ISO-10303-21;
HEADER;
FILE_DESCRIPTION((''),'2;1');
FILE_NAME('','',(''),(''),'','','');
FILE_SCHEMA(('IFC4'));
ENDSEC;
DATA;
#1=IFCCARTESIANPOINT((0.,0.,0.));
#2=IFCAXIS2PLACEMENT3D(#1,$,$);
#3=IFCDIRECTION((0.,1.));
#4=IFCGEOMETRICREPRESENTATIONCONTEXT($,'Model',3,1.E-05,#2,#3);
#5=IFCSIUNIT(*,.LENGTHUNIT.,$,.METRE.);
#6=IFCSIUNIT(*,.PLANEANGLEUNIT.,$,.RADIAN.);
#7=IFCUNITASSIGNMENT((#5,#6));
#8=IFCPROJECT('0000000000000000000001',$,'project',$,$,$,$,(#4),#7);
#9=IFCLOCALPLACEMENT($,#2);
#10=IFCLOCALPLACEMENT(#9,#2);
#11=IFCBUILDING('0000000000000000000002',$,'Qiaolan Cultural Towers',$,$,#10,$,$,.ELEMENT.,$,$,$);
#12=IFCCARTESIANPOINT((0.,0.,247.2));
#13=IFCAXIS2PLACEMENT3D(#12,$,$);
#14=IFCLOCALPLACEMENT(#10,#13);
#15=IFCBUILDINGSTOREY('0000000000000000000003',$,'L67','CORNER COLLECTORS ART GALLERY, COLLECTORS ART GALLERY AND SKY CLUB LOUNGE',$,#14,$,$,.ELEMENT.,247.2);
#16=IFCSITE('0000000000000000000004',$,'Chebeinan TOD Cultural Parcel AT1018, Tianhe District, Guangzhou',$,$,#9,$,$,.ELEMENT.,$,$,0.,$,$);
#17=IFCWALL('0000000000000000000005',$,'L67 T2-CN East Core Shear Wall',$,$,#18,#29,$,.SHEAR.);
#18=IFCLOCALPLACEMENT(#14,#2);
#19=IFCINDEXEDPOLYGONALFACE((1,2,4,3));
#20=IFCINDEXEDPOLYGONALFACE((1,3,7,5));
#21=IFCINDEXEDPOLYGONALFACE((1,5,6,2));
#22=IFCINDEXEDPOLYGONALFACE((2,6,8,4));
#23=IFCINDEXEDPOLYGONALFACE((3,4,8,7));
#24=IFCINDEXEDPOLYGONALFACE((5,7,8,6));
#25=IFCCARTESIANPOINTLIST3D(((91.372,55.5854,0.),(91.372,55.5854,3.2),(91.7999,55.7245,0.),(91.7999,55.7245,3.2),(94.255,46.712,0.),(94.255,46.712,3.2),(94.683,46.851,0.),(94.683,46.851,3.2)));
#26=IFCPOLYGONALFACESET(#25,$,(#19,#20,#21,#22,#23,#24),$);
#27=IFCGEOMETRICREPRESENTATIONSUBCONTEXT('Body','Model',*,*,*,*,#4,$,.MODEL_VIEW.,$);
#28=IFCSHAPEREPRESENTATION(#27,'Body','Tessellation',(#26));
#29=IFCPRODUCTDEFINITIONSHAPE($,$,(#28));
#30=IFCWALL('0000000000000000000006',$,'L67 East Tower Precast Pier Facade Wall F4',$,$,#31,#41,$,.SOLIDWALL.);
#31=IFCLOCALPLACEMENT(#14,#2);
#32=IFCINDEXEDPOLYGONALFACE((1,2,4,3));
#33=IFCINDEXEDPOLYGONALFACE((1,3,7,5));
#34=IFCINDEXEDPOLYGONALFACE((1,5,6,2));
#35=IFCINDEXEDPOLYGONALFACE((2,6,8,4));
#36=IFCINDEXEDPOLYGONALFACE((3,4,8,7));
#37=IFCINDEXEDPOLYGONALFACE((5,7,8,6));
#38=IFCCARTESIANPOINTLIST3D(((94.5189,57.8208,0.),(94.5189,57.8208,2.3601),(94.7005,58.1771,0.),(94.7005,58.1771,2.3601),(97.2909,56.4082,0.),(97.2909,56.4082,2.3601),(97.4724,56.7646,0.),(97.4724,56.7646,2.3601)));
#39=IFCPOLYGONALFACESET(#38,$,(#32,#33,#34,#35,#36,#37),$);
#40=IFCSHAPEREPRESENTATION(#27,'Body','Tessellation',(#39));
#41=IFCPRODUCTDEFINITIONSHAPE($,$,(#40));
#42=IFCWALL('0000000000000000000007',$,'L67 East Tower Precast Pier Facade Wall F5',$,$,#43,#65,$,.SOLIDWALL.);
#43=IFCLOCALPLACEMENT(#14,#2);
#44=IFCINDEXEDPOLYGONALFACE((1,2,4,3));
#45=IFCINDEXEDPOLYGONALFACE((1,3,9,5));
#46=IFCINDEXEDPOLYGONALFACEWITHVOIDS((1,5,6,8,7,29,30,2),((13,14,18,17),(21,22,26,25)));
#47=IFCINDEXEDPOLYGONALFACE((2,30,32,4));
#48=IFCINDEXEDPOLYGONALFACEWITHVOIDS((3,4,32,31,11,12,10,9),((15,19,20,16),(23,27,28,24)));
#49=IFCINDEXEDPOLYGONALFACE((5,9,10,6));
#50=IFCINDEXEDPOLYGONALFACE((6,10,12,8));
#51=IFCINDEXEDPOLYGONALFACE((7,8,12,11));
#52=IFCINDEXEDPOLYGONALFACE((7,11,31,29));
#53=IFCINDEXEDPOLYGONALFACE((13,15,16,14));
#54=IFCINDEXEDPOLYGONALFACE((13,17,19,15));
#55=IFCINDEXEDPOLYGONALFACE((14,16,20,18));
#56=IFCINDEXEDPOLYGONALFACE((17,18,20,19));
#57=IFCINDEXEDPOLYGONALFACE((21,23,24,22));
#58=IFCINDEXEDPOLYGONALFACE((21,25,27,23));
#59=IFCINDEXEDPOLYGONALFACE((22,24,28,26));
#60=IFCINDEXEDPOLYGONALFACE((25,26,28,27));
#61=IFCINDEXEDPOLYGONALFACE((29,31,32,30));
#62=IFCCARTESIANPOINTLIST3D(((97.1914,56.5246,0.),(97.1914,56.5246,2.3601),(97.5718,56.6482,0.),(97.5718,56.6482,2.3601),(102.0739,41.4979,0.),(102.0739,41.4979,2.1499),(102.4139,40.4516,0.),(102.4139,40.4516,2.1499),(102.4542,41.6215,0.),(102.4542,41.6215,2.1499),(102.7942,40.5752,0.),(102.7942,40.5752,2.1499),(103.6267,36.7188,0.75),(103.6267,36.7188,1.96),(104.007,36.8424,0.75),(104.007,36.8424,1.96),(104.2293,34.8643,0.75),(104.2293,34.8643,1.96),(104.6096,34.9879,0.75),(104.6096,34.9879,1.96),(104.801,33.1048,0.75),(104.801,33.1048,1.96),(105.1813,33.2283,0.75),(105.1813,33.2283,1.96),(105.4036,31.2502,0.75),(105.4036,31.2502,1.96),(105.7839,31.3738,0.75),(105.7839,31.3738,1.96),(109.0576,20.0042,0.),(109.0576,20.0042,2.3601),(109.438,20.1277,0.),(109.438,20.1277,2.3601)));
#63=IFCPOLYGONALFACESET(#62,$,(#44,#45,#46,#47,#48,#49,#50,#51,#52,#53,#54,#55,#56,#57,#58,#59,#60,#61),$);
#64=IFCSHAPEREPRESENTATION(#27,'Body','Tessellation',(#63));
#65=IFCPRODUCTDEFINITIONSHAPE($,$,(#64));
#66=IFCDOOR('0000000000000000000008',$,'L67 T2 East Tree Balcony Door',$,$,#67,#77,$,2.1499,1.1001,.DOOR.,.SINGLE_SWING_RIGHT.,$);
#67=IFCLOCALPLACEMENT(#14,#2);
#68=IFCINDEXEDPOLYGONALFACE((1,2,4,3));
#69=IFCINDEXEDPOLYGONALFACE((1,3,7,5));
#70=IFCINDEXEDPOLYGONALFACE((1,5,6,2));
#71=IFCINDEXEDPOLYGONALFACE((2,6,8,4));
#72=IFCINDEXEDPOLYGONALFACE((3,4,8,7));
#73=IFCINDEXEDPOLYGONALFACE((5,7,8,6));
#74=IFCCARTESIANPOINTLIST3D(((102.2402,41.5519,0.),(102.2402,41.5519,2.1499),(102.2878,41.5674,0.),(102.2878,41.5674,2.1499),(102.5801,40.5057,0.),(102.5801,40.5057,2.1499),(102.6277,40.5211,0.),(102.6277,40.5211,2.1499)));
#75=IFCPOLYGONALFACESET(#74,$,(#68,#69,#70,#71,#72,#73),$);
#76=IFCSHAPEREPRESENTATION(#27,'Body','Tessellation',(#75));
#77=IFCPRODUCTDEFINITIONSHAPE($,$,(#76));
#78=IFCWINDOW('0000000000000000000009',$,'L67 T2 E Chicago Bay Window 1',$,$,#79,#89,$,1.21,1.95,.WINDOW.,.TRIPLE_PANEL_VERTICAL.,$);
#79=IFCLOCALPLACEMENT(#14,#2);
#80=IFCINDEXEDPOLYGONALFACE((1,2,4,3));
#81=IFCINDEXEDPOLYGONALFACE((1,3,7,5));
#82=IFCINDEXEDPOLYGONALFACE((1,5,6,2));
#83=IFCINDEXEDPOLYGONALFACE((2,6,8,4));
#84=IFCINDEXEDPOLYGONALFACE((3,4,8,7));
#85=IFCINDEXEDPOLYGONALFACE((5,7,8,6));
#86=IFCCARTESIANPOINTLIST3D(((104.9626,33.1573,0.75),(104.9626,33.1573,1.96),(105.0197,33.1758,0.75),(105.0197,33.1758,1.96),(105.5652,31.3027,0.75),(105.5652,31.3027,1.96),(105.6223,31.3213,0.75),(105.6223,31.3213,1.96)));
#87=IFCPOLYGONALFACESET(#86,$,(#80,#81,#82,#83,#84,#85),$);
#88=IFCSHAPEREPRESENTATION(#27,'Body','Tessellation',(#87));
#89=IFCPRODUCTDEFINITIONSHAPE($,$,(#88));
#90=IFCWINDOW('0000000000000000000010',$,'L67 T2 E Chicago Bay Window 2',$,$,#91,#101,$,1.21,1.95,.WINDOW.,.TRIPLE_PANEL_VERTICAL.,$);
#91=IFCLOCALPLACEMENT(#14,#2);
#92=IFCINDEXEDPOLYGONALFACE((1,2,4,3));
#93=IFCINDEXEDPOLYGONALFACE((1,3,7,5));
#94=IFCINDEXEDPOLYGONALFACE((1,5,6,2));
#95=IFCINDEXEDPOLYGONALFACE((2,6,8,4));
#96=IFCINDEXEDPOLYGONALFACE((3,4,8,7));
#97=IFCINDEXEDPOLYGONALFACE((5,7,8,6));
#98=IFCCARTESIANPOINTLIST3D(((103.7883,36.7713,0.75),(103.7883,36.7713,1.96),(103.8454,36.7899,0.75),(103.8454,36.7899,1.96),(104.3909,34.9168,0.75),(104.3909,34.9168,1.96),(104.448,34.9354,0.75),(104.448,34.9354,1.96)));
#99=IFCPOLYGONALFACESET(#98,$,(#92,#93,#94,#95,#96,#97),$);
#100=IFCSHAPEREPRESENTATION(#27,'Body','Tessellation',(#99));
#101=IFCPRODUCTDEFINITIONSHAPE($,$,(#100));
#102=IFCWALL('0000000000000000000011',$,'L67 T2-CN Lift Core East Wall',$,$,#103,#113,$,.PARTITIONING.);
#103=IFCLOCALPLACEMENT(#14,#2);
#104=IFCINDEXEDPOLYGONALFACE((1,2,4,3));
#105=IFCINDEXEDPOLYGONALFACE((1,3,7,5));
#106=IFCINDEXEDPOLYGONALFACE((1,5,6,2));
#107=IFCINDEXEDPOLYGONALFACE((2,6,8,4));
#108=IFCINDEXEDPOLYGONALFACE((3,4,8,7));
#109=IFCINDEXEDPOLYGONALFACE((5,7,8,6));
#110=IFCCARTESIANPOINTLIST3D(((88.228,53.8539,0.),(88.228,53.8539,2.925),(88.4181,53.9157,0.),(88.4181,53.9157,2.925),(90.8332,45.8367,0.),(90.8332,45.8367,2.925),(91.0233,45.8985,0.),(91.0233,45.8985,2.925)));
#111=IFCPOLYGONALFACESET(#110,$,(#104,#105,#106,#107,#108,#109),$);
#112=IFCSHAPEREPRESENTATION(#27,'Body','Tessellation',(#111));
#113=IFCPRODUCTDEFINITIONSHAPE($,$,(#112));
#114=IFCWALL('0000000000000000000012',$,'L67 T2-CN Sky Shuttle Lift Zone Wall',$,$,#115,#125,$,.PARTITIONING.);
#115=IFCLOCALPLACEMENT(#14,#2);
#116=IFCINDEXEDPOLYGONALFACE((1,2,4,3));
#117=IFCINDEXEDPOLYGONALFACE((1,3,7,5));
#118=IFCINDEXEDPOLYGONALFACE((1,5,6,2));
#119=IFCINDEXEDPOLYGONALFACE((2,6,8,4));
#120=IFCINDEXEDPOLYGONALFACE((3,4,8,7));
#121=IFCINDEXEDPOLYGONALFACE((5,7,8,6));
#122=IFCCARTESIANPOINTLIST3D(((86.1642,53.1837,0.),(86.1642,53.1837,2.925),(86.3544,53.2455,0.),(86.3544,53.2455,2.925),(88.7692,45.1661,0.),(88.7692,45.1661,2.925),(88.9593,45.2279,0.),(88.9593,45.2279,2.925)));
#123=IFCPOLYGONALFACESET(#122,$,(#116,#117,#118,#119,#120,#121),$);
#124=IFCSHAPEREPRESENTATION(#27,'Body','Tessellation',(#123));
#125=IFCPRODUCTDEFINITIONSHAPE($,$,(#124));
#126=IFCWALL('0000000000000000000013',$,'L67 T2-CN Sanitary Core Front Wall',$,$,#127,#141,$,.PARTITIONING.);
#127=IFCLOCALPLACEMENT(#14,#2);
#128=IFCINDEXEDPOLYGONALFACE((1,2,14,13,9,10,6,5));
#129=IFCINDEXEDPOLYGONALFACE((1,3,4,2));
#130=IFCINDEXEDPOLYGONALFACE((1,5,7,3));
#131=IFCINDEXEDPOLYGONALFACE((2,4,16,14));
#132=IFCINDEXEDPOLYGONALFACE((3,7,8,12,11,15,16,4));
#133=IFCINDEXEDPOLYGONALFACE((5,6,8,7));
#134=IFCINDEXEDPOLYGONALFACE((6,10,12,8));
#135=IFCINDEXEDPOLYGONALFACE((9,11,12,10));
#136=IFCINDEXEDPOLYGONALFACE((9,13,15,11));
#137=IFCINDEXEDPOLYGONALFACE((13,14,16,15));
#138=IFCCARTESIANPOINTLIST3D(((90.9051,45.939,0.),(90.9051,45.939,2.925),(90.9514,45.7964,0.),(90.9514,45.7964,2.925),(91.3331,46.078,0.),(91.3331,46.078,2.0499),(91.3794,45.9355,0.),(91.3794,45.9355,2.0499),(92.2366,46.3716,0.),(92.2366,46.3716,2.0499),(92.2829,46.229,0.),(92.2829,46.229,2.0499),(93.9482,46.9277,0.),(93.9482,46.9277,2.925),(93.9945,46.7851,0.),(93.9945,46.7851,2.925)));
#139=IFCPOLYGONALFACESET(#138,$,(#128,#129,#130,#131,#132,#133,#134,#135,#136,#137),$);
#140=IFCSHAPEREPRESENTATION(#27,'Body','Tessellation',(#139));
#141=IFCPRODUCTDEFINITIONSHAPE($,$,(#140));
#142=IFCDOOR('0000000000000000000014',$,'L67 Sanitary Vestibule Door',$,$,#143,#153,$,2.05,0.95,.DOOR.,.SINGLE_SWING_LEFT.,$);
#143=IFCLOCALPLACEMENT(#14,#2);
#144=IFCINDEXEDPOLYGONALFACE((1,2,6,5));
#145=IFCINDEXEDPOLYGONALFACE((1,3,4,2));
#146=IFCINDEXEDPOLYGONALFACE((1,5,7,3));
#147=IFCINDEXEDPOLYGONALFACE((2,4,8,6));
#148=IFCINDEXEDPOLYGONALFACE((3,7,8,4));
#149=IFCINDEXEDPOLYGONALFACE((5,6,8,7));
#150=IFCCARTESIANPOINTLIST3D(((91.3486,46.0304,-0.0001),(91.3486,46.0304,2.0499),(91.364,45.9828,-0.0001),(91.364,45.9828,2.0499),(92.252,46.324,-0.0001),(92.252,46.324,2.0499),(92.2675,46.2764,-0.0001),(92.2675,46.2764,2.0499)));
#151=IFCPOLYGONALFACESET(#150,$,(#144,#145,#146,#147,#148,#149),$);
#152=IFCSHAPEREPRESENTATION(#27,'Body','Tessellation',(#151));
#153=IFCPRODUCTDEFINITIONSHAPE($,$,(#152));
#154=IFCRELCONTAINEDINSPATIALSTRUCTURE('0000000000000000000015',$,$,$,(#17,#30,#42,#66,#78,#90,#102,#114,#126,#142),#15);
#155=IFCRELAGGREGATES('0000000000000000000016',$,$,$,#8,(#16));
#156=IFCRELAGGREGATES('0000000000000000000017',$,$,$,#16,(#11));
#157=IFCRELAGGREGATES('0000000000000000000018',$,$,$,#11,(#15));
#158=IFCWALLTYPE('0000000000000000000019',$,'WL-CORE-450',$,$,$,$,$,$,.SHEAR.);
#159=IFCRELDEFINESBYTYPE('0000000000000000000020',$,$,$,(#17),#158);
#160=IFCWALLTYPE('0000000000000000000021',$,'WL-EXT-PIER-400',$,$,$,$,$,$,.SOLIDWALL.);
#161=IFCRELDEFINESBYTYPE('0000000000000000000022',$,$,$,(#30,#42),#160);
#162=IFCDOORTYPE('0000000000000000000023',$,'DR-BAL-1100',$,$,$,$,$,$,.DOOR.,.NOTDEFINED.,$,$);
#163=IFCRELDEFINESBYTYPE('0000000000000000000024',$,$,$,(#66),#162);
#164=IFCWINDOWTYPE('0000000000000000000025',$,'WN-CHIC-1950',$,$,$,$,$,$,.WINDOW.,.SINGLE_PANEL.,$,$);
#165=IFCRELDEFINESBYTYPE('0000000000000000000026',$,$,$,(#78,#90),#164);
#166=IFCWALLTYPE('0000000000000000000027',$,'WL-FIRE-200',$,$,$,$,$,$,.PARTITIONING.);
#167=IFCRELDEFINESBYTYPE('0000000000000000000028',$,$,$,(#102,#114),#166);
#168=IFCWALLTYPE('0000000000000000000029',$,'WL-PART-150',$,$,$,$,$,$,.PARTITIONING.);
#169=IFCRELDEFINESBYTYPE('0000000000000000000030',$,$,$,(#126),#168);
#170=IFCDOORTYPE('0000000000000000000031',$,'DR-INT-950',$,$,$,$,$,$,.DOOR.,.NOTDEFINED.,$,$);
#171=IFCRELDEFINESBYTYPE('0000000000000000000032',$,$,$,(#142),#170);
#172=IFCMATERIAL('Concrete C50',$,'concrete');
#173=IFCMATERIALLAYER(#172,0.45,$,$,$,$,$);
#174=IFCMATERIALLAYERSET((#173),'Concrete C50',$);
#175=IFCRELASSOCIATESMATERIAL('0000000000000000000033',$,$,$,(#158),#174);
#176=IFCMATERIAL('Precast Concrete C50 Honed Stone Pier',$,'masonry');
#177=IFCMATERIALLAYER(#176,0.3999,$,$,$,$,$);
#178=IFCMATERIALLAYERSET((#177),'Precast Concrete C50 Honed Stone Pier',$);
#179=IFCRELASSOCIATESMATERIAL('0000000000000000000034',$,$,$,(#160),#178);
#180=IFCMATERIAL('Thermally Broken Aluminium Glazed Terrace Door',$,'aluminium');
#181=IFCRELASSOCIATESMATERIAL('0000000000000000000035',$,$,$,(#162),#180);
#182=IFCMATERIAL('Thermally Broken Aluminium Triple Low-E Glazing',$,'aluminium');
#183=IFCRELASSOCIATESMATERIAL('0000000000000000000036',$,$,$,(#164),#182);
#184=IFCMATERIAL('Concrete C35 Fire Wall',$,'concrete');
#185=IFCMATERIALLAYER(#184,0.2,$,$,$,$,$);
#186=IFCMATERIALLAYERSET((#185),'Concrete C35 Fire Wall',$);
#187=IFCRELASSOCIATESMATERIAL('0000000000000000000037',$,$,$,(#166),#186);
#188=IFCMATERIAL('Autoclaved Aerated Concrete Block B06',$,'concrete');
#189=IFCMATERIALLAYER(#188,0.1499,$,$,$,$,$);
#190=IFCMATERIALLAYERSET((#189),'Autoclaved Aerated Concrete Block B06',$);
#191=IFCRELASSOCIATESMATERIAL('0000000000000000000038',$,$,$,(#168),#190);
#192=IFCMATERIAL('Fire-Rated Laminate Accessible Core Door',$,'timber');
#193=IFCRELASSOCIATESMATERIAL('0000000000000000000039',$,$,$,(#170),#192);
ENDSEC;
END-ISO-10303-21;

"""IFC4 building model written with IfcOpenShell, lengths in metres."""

from ifc_helpers import new_model, si_unit, direction, frame, frame_2d, origin, place, context, subcontext, project, spatial, rectangle, extrude, material, layer, layer_set, type_object, element, fill, save


model = new_model("IFC4")

# Units and contexts
model_context = context("Model", 3, precision=1e-05, world=origin(), true_north=direction((0.0, 1.0)))
body_context = subcontext(model_context, "Body", "Model", "MODEL_VIEW")
ifc_project = project(units=[si_unit("LENGTHUNIT", "METRE"), si_unit("PLANEANGLEUNIT", "RADIAN")], contexts=[model_context])

# Site, building, storey
site_placement = place(None, origin())
site = spatial("IfcSite", under=ifc_project, at=site_placement, Name="Chebeinan TOD Cultural Parcel AT1018, Tianhe District, Guangzhou", CompositionType="ELEMENT", RefElevation=0.0)
building_placement = place(site_placement, origin())
building = spatial("IfcBuilding", under=site, at=building_placement, Name="Qiaolan Cultural Towers", CompositionType="ELEMENT")
storey_placement = place(building_placement, frame((0.0, 0.0, 247.2)))
storey = spatial("IfcBuildingStorey", under=building, at=storey_placement, Name="L67", Description="CORNER COLLECTORS ART GALLERY, COLLECTORS ART GALLERY AND SKY CLUB LOUNGE", CompositionType="ELEMENT", Elevation=247.2)

# Walls
ifc_material_1 = material(Name="Concrete C50", Category="concrete")
ifc_layer_1 = layer(ifc_material_1, 0.45)
ifc_layer_set_1 = layer_set([ifc_layer_1], Name="Concrete C50")
wall_type_1 = type_object("IfcWallType", Name="WL-CORE-450", PredefinedType="SHEAR", material=ifc_layer_set_1)
wall_1_placement = place(storey_placement, frame((94.469, 46.7815, 0.0), z_axis=(0.0, 0.0, 1.0), x_axis=(-0.309004, 0.951061, 0.0)))
element("IfcWall", 1, at=wall_1_placement, inside=storey, type_object=wall_type_1, Name="L67 T2-CN East Core Shear Wall", PredefinedType="SHEAR", context=body_context, shape_type="SweptSolid", body=[
    extrude(rectangle(XDim=9.3301, YDim=0.45, at=frame_2d((4.665, 0.0))), origin(), (0.0, 0.0, 1.0), 3.2),
])
ifc_material_2 = material(Name="Precast Concrete C50 Honed Stone Pier", Category="masonry")
ifc_layer_2 = layer(ifc_material_2, 0.3999)
ifc_layer_set_2 = layer_set([ifc_layer_2], Name="Precast Concrete C50 Honed Stone Pier")
wall_type_2 = type_object("IfcWallType", Name="WL-EXT-PIER-400", PredefinedType="SOLIDWALL", material=ifc_layer_set_2)
wall_2_placement = place(storey_placement, frame((94.6096, 57.999, 0.0), z_axis=(0.0, 0.0, 1.0), x_axis=(0.89098, -0.454043, 0.0)))
element("IfcWall", 2, at=wall_2_placement, inside=storey, type_object=wall_type_2, Name="L67 East Tower Precast Pier Facade Wall F4", PredefinedType="SOLIDWALL", context=body_context, shape_type="SweptSolid", body=[
    extrude(rectangle(XDim=3.1111, YDim=0.3999, at=frame_2d((1.5557, 0.0))), origin(), (0.0, 0.0, 1.0), 2.3601),
])

# Wall, openings, door, windows
wall_3_placement = place(storey_placement, frame((97.3816, 56.5864, 0.0), z_axis=(0.0, 0.0, 1.0), x_axis=(0.309016, -0.951057, 0.0)))
wall_3 = element("IfcWall", 3, at=wall_3_placement, inside=storey, type_object=wall_type_2, Name="L67 East Tower Precast Pier Facade Wall F5", PredefinedType="SOLIDWALL", context=body_context, shape_type="SweptSolid", body=[
    extrude(rectangle(XDim=38.3999, YDim=0.3999, at=frame_2d((19.2, 0.0))), origin(), (0.0, 0.0, 1.0), 2.3601),
])
opening_1_placement = place(wall_3_placement, frame((24.625, 0.0, 0.75)))
opening_1 = element("IfcOpeningElement", 4, at=opening_1_placement, cuts=wall_3, PredefinedType="OPENING", context=body_context, shape_type="SweptSolid", body=[
    extrude(rectangle(XDim=1.95, YDim=1.21, at=frame_2d((0.9751, 0.605))), frame((0.0, 0.21, 0.0), z_axis=(0.0, -1.0, 0.0), x_axis=(1.0, 0.0, 0.0)), (0.0, 0.0, 1.0), 0.4199),
])
opening_2_placement = place(wall_3_placement, frame((20.825, 0.0, 0.75)))
opening_2 = element("IfcOpeningElement", 5, at=opening_2_placement, cuts=wall_3, PredefinedType="OPENING", context=body_context, shape_type="SweptSolid", body=[
    extrude(rectangle(XDim=1.95, YDim=1.21, at=frame_2d((0.9751, 0.605))), frame((0.0, 0.21, 0.0), z_axis=(0.0, -1.0, 0.0), x_axis=(1.0, 0.0, 0.0)), (0.0, 0.0, 1.0), 0.4199),
])
opening_3_placement = place(wall_3_placement, frame((15.8, 0.0, 0.0)))
opening_3 = element("IfcOpeningElement", 6, at=opening_3_placement, cuts=wall_3, PredefinedType="OPENING", context=body_context, shape_type="SweptSolid", body=[
    extrude(rectangle(XDim=1.1001, YDim=2.1499, at=frame_2d((0.55, 1.075))), frame((0.0, 0.21, 0.0), z_axis=(0.0, -1.0, 0.0), x_axis=(1.0, 0.0, 0.0)), (0.0, 0.0, 1.0), 0.4199),
])
ifc_material_3 = material(Name="Thermally Broken Aluminium Glazed Terrace Door", Category="aluminium")
door_type_1 = type_object("IfcDoorType", Name="DR-BAL-1100", OperationType="NOTDEFINED", PredefinedType="DOOR", material=ifc_material_3)
door_1_placement = place(opening_3_placement, origin())
door_1 = element("IfcDoor", 7, at=door_1_placement, inside=storey, type_object=door_type_1, Name="L67 T2 East Tree Balcony Door", OperationType="SINGLE_SWING_RIGHT", OverallHeight=2.1499, OverallWidth=1.1001, PredefinedType="DOOR", context=body_context, shape_type="SweptSolid", body=[
    extrude(rectangle(XDim=1.1001, YDim=2.1499, at=frame_2d((0.55, 1.075))), frame((0.0, 0.0249, 0.0), z_axis=(0.0, -1.0, 0.0), x_axis=(1.0, 0.0, 0.0)), (0.0, 0.0, 1.0), 0.05),
])
fill(opening_3, door_1)
ifc_material_4 = material(Name="Thermally Broken Aluminium Triple Low-E Glazing", Category="aluminium")
window_type = type_object("IfcWindowType", Name="WN-CHIC-1950", PartitioningType="SINGLE_PANEL", PredefinedType="WINDOW", material=ifc_material_4)
window_1_placement = place(opening_1_placement, origin())
window_1 = element("IfcWindow", 8, at=window_1_placement, inside=storey, type_object=window_type, Name="L67 T2 E Chicago Bay Window 1", OverallHeight=1.21, OverallWidth=1.95, PartitioningType="TRIPLE_PANEL_VERTICAL", PredefinedType="WINDOW", context=body_context, shape_type="SweptSolid", body=[
    extrude(rectangle(XDim=1.95, YDim=1.21, at=frame_2d((0.9751, 0.605))), frame((0.0, 0.03, 0.0), z_axis=(0.0, -1.0, 0.0), x_axis=(1.0, 0.0, 0.0)), (0.0, 0.0, 1.0), 0.0601),
])
fill(opening_1, window_1)
window_2_placement = place(opening_2_placement, origin())
window_2 = element("IfcWindow", 9, at=window_2_placement, inside=storey, type_object=window_type, Name="L67 T2 E Chicago Bay Window 2", OverallHeight=1.21, OverallWidth=1.95, PartitioningType="TRIPLE_PANEL_VERTICAL", PredefinedType="WINDOW", context=body_context, shape_type="SweptSolid", body=[
    extrude(rectangle(XDim=1.95, YDim=1.21, at=frame_2d((0.9751, 0.605))), frame((0.0, 0.03, 0.0), z_axis=(0.0, -1.0, 0.0), x_axis=(1.0, 0.0, 0.0)), (0.0, 0.0, 1.0), 0.0601),
])
fill(opening_2, window_2)

# Walls
ifc_material_5 = material(Name="Concrete C35 Fire Wall", Category="concrete")
ifc_layer_3 = layer(ifc_material_5, 0.2)
ifc_layer_set_3 = layer_set([ifc_layer_3], Name="Concrete C35 Fire Wall")
wall_type_3 = type_object("IfcWallType", Name="WL-FIRE-200", PredefinedType="PARTITIONING", material=ifc_layer_set_3)
wall_4_placement = place(storey_placement, frame((90.9282, 45.8677, 0.0), z_axis=(0.0, 0.0, 1.0), x_axis=(-0.309042, 0.951048, 0.0)))
element("IfcWall", 10, at=wall_4_placement, inside=storey, type_object=wall_type_3, Name="L67 T2-CN Lift Core East Wall", PredefinedType="PARTITIONING", context=body_context, shape_type="SweptSolid", body=[
    extrude(rectangle(XDim=8.4299, YDim=0.2, at=frame_2d((4.2148, 0.0))), origin(), (0.0, 0.0, 1.0), 2.925),
])
wall_5_placement = place(storey_placement, frame((88.8643, 45.197, 0.0), z_axis=(0.0, 0.0, 1.0), x_axis=(-0.309007, 0.95106, 0.0)))
element("IfcWall", 11, at=wall_5_placement, inside=storey, type_object=wall_type_3, Name="L67 T2-CN Sky Shuttle Lift Zone Wall", PredefinedType="PARTITIONING", context=body_context, shape_type="SweptSolid", body=[
    extrude(rectangle(XDim=8.4302, YDim=0.2, at=frame_2d((4.2151, 0.0))), origin(), (0.0, 0.0, 1.0), 2.925),
])

# Wall, opening, door
ifc_material_6 = material(Name="Autoclaved Aerated Concrete Block B06", Category="concrete")
ifc_layer_4 = layer(ifc_material_6, 0.1499)
ifc_layer_set_4 = layer_set([ifc_layer_4], Name="Autoclaved Aerated Concrete Block B06")
wall_type_4 = type_object("IfcWallType", Name="WL-PART-150", PredefinedType="PARTITIONING", material=ifc_layer_set_4)
wall_6_placement = place(storey_placement, frame((90.9282, 45.8677, 0.0), z_axis=(0.0, 0.0, 1.0), x_axis=(0.951059, 0.309008, 0.0)))
wall_6 = element("IfcWall", 12, at=wall_6_placement, inside=storey, type_object=wall_type_4, Name="L67 T2-CN Sanitary Core Front Wall", PredefinedType="PARTITIONING", context=body_context, shape_type="SweptSolid", body=[
    extrude(rectangle(XDim=3.1997, YDim=0.1499, at=frame_2d((1.5999, 0.0))), origin(), (0.0, 0.0, 1.0), 2.925),
])
opening_4_placement = place(wall_6_placement, frame((0.45, 0.0, 0.0)))
opening_4 = element("IfcOpeningElement", 13, at=opening_4_placement, cuts=wall_6, PredefinedType="OPENING", context=body_context, shape_type="SweptSolid", body=[
    extrude(rectangle(XDim=0.95, YDim=2.05, at=frame_2d((0.4751, 1.0249))), frame((0.0, 0.085, 0.0), z_axis=(0.0, -1.0, 0.0), x_axis=(1.0, 0.0, 0.0)), (0.0, 0.0, 1.0), 0.1699),
])
ifc_material_7 = material(Name="Fire-Rated Laminate Accessible Core Door", Category="timber")
door_type_2 = type_object("IfcDoorType", Name="DR-INT-950", OperationType="NOTDEFINED", PredefinedType="DOOR", material=ifc_material_7)
door_2_placement = place(opening_4_placement, origin())
door_2 = element("IfcDoor", 14, at=door_2_placement, inside=storey, type_object=door_type_2, Name="L67 Sanitary Vestibule Door", OperationType="SINGLE_SWING_LEFT", OverallHeight=2.05, OverallWidth=0.95, PredefinedType="DOOR", context=body_context, shape_type="SweptSolid", body=[
    extrude(rectangle(XDim=0.95, YDim=2.05, at=frame_2d((0.4751, 1.0249))), frame((0.0, 0.0249, 0.0), z_axis=(0.0, -1.0, 0.0), x_axis=(1.0, 0.0, 0.0)), (0.0, 0.0, 1.0), 0.05),
])
fill(opening_4, door_2)

save(model, "model.ifc")
